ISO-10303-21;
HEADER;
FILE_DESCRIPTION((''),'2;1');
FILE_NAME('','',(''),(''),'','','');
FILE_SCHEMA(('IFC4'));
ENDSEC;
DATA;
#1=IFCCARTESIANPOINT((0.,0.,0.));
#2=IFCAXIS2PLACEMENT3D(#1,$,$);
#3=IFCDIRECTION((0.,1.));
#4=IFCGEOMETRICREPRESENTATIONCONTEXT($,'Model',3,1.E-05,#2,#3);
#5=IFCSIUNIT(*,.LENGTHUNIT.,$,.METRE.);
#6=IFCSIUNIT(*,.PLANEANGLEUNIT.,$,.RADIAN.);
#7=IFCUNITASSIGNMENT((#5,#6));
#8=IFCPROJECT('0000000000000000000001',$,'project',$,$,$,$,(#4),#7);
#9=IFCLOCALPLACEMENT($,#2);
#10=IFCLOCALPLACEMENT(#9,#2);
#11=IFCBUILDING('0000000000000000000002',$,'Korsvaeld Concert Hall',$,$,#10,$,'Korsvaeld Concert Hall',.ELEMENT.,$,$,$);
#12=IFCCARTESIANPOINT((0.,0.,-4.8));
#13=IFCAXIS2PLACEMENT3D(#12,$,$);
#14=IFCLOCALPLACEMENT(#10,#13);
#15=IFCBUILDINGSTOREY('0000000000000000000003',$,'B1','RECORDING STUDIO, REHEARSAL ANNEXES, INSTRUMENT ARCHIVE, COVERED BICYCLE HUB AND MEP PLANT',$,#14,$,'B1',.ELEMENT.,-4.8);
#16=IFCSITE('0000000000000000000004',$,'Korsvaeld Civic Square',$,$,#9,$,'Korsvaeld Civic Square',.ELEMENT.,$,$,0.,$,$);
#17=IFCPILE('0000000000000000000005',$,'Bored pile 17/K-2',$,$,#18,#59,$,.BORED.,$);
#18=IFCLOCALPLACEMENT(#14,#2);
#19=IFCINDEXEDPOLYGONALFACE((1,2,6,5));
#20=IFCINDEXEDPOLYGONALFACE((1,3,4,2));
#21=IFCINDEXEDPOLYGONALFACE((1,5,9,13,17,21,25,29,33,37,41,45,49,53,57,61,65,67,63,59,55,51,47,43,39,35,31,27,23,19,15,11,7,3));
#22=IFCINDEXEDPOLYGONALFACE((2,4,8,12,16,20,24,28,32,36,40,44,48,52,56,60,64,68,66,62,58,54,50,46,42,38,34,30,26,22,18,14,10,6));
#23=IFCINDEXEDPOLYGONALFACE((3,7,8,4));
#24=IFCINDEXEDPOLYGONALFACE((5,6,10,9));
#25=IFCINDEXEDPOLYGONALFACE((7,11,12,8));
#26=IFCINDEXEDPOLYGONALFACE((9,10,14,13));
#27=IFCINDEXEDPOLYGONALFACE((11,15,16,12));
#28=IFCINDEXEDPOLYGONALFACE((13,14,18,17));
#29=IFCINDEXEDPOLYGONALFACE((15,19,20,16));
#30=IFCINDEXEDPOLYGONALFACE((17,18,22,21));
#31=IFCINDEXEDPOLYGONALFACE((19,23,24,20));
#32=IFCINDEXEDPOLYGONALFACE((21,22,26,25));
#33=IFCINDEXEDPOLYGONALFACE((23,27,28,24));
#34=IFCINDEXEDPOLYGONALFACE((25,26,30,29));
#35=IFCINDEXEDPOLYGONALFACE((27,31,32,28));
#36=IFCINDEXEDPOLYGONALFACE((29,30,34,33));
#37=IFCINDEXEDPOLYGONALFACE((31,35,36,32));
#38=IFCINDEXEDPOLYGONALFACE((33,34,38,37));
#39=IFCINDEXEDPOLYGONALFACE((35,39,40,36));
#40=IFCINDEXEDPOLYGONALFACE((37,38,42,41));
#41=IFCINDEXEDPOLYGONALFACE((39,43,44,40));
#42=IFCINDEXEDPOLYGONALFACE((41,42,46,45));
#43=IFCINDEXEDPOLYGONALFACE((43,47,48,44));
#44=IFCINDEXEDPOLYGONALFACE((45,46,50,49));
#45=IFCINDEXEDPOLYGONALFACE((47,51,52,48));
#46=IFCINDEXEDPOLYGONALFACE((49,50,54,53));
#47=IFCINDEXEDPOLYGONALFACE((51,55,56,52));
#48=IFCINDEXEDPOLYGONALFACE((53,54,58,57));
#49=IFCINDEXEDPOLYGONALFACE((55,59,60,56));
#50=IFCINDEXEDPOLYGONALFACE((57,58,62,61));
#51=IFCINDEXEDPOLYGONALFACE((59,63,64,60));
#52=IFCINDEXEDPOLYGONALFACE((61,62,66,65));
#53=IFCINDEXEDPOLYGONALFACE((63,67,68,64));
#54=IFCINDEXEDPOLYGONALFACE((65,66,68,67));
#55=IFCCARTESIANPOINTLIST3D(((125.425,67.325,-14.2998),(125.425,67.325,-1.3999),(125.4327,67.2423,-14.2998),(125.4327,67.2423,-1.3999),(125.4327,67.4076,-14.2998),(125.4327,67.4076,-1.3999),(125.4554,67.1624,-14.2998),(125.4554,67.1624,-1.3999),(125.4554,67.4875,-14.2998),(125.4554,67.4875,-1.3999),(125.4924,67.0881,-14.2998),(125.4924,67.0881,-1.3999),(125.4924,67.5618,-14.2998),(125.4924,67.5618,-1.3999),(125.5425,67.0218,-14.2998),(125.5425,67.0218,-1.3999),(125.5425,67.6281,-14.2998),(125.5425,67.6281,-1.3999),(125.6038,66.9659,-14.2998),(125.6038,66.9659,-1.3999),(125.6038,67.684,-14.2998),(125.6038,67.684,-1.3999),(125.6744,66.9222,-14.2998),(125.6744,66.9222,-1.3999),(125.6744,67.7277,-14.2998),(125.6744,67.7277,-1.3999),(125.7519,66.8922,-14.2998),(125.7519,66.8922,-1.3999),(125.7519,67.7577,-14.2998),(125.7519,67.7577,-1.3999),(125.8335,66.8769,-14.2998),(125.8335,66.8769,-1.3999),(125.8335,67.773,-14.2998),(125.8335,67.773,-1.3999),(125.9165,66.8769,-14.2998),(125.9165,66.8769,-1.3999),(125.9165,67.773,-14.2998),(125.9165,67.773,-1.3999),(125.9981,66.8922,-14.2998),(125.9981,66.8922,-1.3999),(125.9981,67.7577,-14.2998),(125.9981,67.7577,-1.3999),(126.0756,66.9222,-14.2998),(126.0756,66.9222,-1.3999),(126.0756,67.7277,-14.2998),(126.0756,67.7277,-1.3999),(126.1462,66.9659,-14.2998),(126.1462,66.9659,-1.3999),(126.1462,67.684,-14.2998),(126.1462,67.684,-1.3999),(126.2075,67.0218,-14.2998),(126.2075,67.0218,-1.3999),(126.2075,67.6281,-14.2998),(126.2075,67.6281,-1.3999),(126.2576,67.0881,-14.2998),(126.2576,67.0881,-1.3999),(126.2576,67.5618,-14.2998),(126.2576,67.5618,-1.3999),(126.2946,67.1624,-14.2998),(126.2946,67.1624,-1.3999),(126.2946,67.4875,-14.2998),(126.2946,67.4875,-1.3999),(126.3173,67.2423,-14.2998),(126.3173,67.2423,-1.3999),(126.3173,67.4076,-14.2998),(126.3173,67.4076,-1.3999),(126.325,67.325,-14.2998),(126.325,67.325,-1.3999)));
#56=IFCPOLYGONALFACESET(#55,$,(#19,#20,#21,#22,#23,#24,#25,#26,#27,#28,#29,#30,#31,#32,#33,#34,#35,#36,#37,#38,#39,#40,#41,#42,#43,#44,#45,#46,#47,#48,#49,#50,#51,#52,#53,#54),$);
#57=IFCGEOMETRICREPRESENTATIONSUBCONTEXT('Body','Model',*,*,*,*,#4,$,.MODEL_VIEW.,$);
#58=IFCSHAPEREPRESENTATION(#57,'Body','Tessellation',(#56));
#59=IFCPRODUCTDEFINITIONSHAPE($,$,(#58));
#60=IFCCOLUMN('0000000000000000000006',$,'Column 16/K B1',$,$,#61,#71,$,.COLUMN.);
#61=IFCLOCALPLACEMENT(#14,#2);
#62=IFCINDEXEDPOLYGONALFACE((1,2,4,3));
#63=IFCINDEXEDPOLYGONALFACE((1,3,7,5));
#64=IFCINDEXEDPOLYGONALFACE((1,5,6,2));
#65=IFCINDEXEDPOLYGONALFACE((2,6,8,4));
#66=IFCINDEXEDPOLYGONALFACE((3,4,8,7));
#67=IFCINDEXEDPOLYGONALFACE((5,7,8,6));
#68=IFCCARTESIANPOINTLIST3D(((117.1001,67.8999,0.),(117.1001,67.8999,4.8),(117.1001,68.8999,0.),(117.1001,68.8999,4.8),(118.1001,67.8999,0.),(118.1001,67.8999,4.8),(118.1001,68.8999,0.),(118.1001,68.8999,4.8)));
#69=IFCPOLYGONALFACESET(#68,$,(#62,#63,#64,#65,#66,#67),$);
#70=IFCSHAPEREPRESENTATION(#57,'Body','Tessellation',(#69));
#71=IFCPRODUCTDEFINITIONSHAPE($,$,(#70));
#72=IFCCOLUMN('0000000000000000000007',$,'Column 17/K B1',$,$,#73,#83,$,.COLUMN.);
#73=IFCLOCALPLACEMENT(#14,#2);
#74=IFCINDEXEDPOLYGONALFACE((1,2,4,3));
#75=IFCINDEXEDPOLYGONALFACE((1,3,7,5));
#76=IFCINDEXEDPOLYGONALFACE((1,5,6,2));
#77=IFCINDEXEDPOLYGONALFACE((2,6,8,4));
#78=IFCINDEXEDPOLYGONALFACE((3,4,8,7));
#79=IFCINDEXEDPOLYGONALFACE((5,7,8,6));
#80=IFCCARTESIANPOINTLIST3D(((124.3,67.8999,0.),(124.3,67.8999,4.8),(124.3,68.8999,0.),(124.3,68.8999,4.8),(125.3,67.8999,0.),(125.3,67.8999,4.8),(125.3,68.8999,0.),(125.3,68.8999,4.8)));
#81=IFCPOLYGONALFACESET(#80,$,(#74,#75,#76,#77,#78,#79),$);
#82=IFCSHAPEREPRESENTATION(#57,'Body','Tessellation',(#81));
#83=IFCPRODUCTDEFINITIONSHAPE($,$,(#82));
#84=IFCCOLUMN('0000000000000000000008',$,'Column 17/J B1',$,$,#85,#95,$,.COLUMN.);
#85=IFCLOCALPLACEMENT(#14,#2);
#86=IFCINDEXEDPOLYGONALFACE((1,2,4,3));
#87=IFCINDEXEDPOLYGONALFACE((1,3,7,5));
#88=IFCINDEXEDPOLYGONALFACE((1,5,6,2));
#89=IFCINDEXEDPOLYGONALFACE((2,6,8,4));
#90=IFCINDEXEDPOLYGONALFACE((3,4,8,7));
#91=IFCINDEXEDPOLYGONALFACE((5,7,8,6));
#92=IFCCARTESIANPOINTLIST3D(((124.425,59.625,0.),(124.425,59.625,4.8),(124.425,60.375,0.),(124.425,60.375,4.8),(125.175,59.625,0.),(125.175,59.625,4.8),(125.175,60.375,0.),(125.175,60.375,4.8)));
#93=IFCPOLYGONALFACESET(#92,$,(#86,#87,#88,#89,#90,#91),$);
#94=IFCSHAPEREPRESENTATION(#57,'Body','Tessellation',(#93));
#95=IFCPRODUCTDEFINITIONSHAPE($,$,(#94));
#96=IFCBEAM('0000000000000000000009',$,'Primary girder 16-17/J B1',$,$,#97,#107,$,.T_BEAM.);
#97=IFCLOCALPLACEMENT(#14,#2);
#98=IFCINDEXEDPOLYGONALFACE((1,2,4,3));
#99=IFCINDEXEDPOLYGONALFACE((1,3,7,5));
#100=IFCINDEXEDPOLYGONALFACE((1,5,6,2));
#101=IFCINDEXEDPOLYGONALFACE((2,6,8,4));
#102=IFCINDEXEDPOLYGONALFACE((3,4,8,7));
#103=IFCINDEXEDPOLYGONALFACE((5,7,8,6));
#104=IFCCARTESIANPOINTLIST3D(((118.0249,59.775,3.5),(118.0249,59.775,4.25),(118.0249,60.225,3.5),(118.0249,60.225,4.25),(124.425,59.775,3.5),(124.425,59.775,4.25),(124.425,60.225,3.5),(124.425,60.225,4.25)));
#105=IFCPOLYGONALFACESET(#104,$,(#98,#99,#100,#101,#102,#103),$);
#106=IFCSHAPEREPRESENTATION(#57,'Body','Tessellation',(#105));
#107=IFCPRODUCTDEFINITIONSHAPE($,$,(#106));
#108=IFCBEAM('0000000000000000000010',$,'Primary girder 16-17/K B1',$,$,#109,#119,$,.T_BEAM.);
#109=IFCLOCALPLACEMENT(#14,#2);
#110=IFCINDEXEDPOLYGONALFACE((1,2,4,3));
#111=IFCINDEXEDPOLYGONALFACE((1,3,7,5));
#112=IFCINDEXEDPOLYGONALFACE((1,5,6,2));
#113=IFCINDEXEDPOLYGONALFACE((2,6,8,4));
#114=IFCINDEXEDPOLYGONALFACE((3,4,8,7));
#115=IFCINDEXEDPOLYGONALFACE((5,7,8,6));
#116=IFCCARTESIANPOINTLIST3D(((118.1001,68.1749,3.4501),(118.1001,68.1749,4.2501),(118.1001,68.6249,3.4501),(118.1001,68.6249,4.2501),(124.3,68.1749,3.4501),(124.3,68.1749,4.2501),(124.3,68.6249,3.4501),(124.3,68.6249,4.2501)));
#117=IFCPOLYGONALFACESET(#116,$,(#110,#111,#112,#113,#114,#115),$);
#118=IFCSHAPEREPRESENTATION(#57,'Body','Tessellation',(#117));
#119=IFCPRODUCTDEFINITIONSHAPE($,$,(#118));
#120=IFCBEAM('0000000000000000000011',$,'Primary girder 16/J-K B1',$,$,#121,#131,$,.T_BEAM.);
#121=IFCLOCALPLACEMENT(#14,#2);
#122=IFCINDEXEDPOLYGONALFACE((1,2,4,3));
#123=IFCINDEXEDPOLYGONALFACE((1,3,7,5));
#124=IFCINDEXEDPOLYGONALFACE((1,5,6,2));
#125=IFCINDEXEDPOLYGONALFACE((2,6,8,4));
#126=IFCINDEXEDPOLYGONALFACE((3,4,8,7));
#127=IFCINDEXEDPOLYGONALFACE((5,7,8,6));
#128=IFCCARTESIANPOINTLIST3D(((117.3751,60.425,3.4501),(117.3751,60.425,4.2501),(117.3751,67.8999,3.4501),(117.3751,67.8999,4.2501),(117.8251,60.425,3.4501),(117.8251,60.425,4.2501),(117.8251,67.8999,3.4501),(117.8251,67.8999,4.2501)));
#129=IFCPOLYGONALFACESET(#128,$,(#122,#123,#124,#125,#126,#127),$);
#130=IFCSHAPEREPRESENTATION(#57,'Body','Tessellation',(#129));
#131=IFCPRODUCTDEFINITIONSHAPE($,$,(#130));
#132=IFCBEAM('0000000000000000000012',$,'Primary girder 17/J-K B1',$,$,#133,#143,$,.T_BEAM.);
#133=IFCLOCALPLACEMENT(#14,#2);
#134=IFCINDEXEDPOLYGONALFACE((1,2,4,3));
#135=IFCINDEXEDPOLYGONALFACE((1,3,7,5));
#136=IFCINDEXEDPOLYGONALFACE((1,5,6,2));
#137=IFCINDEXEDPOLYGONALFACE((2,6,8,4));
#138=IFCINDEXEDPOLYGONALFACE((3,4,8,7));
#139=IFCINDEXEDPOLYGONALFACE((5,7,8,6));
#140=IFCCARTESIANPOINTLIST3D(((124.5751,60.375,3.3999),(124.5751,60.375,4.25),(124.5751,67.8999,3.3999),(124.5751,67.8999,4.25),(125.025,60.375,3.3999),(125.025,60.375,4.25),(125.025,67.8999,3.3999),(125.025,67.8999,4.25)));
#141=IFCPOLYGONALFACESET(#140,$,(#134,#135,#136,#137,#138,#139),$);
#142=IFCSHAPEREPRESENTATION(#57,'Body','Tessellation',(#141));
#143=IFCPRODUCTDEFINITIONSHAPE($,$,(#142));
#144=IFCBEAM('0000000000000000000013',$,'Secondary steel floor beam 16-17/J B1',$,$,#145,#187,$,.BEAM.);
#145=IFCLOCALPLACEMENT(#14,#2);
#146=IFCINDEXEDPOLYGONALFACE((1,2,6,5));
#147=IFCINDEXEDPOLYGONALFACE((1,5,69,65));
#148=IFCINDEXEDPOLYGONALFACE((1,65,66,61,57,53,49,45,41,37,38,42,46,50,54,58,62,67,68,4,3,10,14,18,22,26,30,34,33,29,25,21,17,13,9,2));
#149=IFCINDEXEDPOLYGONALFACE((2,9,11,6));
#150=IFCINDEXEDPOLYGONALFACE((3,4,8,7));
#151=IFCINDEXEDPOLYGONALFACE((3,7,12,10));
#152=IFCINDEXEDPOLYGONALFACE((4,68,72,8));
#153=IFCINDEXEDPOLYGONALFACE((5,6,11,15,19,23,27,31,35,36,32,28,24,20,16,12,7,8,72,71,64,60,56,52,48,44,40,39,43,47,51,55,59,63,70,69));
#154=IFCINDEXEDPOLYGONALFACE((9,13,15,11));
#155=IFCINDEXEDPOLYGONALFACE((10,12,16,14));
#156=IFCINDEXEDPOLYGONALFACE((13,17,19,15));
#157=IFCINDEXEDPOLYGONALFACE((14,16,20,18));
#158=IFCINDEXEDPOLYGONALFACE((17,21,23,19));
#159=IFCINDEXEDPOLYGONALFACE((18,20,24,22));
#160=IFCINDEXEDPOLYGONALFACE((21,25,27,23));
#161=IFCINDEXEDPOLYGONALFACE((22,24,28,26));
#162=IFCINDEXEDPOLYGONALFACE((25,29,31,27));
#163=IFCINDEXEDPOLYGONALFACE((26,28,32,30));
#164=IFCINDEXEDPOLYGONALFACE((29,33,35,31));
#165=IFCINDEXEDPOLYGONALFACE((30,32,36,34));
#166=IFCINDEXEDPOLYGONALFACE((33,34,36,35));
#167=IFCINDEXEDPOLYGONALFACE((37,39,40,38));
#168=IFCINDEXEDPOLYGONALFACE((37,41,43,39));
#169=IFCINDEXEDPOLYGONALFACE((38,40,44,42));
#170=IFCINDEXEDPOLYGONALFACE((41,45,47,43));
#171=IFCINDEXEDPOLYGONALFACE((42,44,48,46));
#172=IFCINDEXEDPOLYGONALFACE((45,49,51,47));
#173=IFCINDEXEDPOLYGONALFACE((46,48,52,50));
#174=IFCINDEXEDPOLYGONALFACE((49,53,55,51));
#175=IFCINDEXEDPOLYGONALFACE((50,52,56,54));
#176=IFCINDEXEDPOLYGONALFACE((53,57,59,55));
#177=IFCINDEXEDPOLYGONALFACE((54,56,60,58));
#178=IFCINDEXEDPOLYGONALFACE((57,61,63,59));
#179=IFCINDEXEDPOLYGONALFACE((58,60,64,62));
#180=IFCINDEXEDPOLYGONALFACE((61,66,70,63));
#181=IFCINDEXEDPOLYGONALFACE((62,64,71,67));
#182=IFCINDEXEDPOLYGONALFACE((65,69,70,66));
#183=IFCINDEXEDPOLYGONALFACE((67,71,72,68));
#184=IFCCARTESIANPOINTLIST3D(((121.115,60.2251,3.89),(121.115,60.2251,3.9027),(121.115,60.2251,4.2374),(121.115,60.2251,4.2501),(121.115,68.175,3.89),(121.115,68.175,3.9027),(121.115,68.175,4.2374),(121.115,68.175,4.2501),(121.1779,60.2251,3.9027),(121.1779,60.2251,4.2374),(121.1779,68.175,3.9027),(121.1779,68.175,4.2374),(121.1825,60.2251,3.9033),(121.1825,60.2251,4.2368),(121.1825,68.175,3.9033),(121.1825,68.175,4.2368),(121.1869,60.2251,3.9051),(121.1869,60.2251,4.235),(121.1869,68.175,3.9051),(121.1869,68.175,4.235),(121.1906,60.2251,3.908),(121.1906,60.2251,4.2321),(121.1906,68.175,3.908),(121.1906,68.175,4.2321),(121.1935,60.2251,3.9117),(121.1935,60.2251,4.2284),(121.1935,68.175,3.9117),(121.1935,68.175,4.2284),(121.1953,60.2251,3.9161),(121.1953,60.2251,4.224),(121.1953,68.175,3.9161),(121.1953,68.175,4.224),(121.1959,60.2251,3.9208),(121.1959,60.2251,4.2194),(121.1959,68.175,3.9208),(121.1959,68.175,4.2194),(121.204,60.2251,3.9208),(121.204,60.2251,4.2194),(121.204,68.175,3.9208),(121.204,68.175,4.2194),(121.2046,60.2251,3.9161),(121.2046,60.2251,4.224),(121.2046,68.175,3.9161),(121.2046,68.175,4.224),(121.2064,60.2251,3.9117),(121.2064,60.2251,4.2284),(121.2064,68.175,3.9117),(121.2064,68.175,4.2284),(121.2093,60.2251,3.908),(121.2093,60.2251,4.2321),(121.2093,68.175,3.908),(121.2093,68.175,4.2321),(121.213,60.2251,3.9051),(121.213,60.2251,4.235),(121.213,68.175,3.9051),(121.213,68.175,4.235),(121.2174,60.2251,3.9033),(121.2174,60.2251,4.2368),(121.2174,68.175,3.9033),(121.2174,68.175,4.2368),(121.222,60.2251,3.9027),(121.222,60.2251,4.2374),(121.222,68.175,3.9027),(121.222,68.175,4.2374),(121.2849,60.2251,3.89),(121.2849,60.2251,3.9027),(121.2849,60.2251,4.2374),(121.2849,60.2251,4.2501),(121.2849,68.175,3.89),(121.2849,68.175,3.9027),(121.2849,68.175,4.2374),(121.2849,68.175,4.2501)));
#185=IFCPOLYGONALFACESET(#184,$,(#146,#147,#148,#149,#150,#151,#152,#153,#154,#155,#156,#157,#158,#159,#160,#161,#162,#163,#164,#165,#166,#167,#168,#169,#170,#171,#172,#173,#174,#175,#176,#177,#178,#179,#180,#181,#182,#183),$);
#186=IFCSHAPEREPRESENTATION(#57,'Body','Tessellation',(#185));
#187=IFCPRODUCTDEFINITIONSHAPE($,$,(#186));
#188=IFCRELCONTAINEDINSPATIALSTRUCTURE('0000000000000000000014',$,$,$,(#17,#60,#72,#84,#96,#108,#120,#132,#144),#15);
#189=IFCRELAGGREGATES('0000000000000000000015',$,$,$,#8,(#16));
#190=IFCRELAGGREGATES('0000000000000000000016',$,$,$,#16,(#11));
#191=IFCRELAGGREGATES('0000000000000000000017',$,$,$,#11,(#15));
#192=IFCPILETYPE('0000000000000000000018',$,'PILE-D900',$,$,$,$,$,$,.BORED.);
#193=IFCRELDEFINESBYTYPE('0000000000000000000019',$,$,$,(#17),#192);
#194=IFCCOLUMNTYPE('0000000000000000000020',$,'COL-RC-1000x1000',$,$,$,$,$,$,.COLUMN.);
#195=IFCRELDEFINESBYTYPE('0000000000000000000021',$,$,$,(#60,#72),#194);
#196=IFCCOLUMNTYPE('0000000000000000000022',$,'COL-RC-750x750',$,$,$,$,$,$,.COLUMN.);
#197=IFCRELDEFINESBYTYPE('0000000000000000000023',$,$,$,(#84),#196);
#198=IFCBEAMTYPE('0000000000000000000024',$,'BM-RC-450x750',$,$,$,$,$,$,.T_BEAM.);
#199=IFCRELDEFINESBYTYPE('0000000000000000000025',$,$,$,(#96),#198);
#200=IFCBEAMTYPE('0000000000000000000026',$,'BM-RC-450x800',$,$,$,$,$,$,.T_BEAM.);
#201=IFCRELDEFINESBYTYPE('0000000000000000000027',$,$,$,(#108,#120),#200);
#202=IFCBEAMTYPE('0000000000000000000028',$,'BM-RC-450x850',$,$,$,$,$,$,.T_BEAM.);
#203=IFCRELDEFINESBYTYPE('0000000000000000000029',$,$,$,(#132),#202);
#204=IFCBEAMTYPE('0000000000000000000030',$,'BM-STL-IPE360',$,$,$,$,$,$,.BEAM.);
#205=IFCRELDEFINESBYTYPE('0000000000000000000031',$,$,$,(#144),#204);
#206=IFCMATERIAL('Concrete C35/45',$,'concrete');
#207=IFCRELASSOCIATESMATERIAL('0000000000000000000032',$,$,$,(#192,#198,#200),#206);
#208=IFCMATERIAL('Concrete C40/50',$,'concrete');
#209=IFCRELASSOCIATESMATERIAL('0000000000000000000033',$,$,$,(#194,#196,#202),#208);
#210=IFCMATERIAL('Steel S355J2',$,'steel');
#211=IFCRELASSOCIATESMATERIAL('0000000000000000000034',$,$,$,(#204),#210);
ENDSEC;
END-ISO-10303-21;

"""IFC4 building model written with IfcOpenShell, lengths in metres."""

from ifc_helpers import new_model, si_unit, direction, frame, origin, origin_2d, place, context, subcontext, project, spatial, rectangle, circle, i_section, extrude, material, material_profile, profile_set, type_object, element, save


model = new_model("IFC4")

# Units and contexts
model_context = context("Model", 3, precision=1e-05, world=origin(), true_north=direction((0.0, 1.0)))
body_context = subcontext(model_context, "Body", "Model", "MODEL_VIEW")
ifc_project = project(units=[si_unit("LENGTHUNIT", "METRE"), si_unit("PLANEANGLEUNIT", "RADIAN")], contexts=[model_context])

# Site, building, storey
site_placement = place(None, origin())
site = spatial("IfcSite", under=ifc_project, at=site_placement, Name="Korsvaeld Civic Square", LongName="Korsvaeld Civic Square", CompositionType="ELEMENT", RefElevation=0.0)
building_placement = place(site_placement, origin())
building = spatial("IfcBuilding", under=site, at=building_placement, Name="Korsvaeld Concert Hall", LongName="Korsvaeld Concert Hall", CompositionType="ELEMENT")
storey_placement = place(building_placement, frame((0.0, 0.0, -4.8)))
storey = spatial("IfcBuildingStorey", under=building, at=storey_placement, Name="B1", Description="RECORDING STUDIO, REHEARSAL ANNEXES, INSTRUMENT ARCHIVE, COVERED BICYCLE HUB AND MEP PLANT", LongName="B1", CompositionType="ELEMENT", Elevation=-4.8)

# Shared definitions
ifc_material_1 = material(Name="Concrete C35/45", Category="concrete")

# Pile
ifc_material_profile_1 = material_profile(ifc_material_1, circle(Radius=0.45, at=origin_2d()), Name="BORED PILE D900")
ifc_profile_set_1 = profile_set([ifc_material_profile_1], Name="Concrete C35/45")
pile_type_1 = type_object("IfcPileType", Name="PILE-D900", PredefinedType="BORED", material=ifc_profile_set_1)
for number, where, z_axis, x_axis, name in (
    (1, (125.875, 67.325, -1.3999), (0.0, 0.0, -1.0), (1.0, 0.0, 0.0), "Bored pile 17/K-2"),
):
    element("IfcPile", number, at=place(storey_placement, frame(where, z_axis=z_axis, x_axis=x_axis)), inside=storey, type_object=pile_type_1, Name=name, PredefinedType="BORED", context=body_context, shape_type="SweptSolid", body=[
        extrude(circle(Radius=0.45, at=origin_2d()), origin(), (0.0, 0.0, 1.0), 12.8999),
    ])

# Columns
ifc_material_2 = material(Name="Concrete C40/50", Category="concrete")
ifc_material_profile_2 = material_profile(ifc_material_2, rectangle(XDim=1.0, YDim=1.0, at=origin_2d()), Name="RC 1000x1000")
ifc_profile_set_2 = profile_set([ifc_material_profile_2], Name="Concrete C40/50")
column_type_1 = type_object("IfcColumnType", Name="COL-RC-1000x1000", PredefinedType="COLUMN", material=ifc_profile_set_2)
for number, where, z_axis, x_axis, name in (
    (2, (117.6001, 68.3999, 0.0), (0.0, 0.0, 1.0), (1.0, 0.0, 0.0), "Column 16/K B1"),
    (3, (124.8, 68.3999, 0.0), (0.0, 0.0, 1.0), (1.0, 0.0, 0.0), "Column 17/K B1"),
):
    element("IfcColumn", number, at=place(storey_placement, frame(where, z_axis=z_axis, x_axis=x_axis)), inside=storey, type_object=column_type_1, Name=name, PredefinedType="COLUMN", context=body_context, shape_type="SweptSolid", body=[
        extrude(rectangle(XDim=1.0, YDim=1.0, at=origin_2d()), origin(), (0.0, 0.0, 1.0), 4.8),
    ])
ifc_material_profile_3 = material_profile(ifc_material_2, rectangle(XDim=0.75, YDim=0.75, at=origin_2d()), Name="RC 750x750")
ifc_profile_set_3 = profile_set([ifc_material_profile_3], Name="Concrete C40/50")
column_type_2 = type_object("IfcColumnType", Name="COL-RC-750x750", PredefinedType="COLUMN", material=ifc_profile_set_3)
column_placement = place(storey_placement, frame((124.8, 60.0, 0.0), z_axis=(0.0, 0.0, 1.0), x_axis=(1.0, 0.0, 0.0)))
element("IfcColumn", 4, at=column_placement, inside=storey, type_object=column_type_2, Name="Column 17/J B1", PredefinedType="COLUMN", context=body_context, shape_type="SweptSolid", body=[
    extrude(rectangle(XDim=0.75, YDim=0.75, at=origin_2d()), origin(), (0.0, 0.0, 1.0), 4.8),
])

# Beams
ifc_material_profile_4 = material_profile(ifc_material_1, rectangle(XDim=0.45, YDim=0.75, at=origin_2d()), Name="RC 450x750")
ifc_profile_set_4 = profile_set([ifc_material_profile_4], Name="Concrete C35/45")
beam_type_1 = type_object("IfcBeamType", Name="BM-RC-450x750", PredefinedType="T_BEAM", material=ifc_profile_set_4)
beam_1_placement = place(storey_placement, frame((118.0249, 60.0, 3.875), z_axis=(1.0, 0.0, 0.0), x_axis=(0.0, 1.0, 0.0)))
element("IfcBeam", 5, at=beam_1_placement, inside=storey, type_object=beam_type_1, Name="Primary girder 16-17/J B1", PredefinedType="T_BEAM", context=body_context, shape_type="SweptSolid", body=[
    extrude(rectangle(XDim=0.45, YDim=0.75, at=origin_2d()), origin(), (0.0, 0.0, 1.0), 6.4001),
])
ifc_material_profile_5 = material_profile(ifc_material_1, rectangle(XDim=0.45, YDim=0.8, at=origin_2d()), Name="RC 450x800")
ifc_profile_set_5 = profile_set([ifc_material_profile_5], Name="Concrete C35/45")
beam_type_2 = type_object("IfcBeamType", Name="BM-RC-450x800", PredefinedType="T_BEAM", material=ifc_profile_set_5)
beam_2_placement = place(storey_placement, frame((118.1001, 68.3999, 3.8501), z_axis=(1.0, 0.0, 0.0), x_axis=(0.0, 1.0, 0.0)))
element("IfcBeam", 6, at=beam_2_placement, inside=storey, type_object=beam_type_2, Name="Primary girder 16-17/K B1", PredefinedType="T_BEAM", context=body_context, shape_type="SweptSolid", body=[
    extrude(rectangle(XDim=0.45, YDim=0.8, at=origin_2d()), origin(), (0.0, 0.0, 1.0), 6.2),
])
beam_3_placement = place(storey_placement, frame((117.6001, 60.425, 3.8501), z_axis=(0.0, 1.0, 0.0), x_axis=(-1.0, 0.0, 0.0)))
element("IfcBeam", 7, at=beam_3_placement, inside=storey, type_object=beam_type_2, Name="Primary girder 16/J-K B1", PredefinedType="T_BEAM", context=body_context, shape_type="SweptSolid", body=[
    extrude(rectangle(XDim=0.45, YDim=0.8, at=origin_2d()), origin(), (0.0, 0.0, 1.0), 7.4749),
])
ifc_material_profile_6 = material_profile(ifc_material_2, rectangle(XDim=0.45, YDim=0.8501, at=origin_2d()), Name="RC 450x850")
ifc_profile_set_6 = profile_set([ifc_material_profile_6], Name="Concrete C40/50")
beam_type_3 = type_object("IfcBeamType", Name="BM-RC-450x850", PredefinedType="T_BEAM", material=ifc_profile_set_6)
beam_4_placement = place(storey_placement, frame((124.8, 60.375, 3.825), z_axis=(0.0, 1.0, 0.0), x_axis=(-1.0, 0.0, 0.0)))
element("IfcBeam", 8, at=beam_4_placement, inside=storey, type_object=beam_type_3, Name="Primary girder 17/J-K B1", PredefinedType="T_BEAM", context=body_context, shape_type="SweptSolid", body=[
    extrude(rectangle(XDim=0.45, YDim=0.8501, at=origin_2d()), origin(), (0.0, 0.0, 1.0), 7.5249),
])
ifc_material_3 = material(Name="Steel S355J2", Category="steel")
ifc_material_profile_7 = material_profile(ifc_material_3, i_section(OverallWidth=0.1699, OverallDepth=0.3601, WebThickness=0.0081, FlangeThickness=0.0127, FilletRadius=0.0181, at=origin_2d()), Name="IPE 360")
ifc_profile_set_7 = profile_set([ifc_material_profile_7], Name="Steel S355J2")
beam_type_4 = type_object("IfcBeamType", Name="BM-STL-IPE360", PredefinedType="BEAM", material=ifc_profile_set_7)
beam_5_placement = place(storey_placement, frame((121.2, 60.2251, 4.0701), z_axis=(0.0, 1.0, 0.0), x_axis=(-1.0, 0.0, 0.0)))
element("IfcBeam", 9, at=beam_5_placement, inside=storey, type_object=beam_type_4, Name="Secondary steel floor beam 16-17/J B1", PredefinedType="BEAM", context=body_context, shape_type="SweptSolid", body=[
    extrude(i_section(OverallWidth=0.1699, OverallDepth=0.3601, WebThickness=0.0081, FlangeThickness=0.0127, FilletRadius=0.0181, at=origin_2d()), origin(), (0.0, 0.0, 1.0), 7.95),
])

save(model, "model.ifc")
